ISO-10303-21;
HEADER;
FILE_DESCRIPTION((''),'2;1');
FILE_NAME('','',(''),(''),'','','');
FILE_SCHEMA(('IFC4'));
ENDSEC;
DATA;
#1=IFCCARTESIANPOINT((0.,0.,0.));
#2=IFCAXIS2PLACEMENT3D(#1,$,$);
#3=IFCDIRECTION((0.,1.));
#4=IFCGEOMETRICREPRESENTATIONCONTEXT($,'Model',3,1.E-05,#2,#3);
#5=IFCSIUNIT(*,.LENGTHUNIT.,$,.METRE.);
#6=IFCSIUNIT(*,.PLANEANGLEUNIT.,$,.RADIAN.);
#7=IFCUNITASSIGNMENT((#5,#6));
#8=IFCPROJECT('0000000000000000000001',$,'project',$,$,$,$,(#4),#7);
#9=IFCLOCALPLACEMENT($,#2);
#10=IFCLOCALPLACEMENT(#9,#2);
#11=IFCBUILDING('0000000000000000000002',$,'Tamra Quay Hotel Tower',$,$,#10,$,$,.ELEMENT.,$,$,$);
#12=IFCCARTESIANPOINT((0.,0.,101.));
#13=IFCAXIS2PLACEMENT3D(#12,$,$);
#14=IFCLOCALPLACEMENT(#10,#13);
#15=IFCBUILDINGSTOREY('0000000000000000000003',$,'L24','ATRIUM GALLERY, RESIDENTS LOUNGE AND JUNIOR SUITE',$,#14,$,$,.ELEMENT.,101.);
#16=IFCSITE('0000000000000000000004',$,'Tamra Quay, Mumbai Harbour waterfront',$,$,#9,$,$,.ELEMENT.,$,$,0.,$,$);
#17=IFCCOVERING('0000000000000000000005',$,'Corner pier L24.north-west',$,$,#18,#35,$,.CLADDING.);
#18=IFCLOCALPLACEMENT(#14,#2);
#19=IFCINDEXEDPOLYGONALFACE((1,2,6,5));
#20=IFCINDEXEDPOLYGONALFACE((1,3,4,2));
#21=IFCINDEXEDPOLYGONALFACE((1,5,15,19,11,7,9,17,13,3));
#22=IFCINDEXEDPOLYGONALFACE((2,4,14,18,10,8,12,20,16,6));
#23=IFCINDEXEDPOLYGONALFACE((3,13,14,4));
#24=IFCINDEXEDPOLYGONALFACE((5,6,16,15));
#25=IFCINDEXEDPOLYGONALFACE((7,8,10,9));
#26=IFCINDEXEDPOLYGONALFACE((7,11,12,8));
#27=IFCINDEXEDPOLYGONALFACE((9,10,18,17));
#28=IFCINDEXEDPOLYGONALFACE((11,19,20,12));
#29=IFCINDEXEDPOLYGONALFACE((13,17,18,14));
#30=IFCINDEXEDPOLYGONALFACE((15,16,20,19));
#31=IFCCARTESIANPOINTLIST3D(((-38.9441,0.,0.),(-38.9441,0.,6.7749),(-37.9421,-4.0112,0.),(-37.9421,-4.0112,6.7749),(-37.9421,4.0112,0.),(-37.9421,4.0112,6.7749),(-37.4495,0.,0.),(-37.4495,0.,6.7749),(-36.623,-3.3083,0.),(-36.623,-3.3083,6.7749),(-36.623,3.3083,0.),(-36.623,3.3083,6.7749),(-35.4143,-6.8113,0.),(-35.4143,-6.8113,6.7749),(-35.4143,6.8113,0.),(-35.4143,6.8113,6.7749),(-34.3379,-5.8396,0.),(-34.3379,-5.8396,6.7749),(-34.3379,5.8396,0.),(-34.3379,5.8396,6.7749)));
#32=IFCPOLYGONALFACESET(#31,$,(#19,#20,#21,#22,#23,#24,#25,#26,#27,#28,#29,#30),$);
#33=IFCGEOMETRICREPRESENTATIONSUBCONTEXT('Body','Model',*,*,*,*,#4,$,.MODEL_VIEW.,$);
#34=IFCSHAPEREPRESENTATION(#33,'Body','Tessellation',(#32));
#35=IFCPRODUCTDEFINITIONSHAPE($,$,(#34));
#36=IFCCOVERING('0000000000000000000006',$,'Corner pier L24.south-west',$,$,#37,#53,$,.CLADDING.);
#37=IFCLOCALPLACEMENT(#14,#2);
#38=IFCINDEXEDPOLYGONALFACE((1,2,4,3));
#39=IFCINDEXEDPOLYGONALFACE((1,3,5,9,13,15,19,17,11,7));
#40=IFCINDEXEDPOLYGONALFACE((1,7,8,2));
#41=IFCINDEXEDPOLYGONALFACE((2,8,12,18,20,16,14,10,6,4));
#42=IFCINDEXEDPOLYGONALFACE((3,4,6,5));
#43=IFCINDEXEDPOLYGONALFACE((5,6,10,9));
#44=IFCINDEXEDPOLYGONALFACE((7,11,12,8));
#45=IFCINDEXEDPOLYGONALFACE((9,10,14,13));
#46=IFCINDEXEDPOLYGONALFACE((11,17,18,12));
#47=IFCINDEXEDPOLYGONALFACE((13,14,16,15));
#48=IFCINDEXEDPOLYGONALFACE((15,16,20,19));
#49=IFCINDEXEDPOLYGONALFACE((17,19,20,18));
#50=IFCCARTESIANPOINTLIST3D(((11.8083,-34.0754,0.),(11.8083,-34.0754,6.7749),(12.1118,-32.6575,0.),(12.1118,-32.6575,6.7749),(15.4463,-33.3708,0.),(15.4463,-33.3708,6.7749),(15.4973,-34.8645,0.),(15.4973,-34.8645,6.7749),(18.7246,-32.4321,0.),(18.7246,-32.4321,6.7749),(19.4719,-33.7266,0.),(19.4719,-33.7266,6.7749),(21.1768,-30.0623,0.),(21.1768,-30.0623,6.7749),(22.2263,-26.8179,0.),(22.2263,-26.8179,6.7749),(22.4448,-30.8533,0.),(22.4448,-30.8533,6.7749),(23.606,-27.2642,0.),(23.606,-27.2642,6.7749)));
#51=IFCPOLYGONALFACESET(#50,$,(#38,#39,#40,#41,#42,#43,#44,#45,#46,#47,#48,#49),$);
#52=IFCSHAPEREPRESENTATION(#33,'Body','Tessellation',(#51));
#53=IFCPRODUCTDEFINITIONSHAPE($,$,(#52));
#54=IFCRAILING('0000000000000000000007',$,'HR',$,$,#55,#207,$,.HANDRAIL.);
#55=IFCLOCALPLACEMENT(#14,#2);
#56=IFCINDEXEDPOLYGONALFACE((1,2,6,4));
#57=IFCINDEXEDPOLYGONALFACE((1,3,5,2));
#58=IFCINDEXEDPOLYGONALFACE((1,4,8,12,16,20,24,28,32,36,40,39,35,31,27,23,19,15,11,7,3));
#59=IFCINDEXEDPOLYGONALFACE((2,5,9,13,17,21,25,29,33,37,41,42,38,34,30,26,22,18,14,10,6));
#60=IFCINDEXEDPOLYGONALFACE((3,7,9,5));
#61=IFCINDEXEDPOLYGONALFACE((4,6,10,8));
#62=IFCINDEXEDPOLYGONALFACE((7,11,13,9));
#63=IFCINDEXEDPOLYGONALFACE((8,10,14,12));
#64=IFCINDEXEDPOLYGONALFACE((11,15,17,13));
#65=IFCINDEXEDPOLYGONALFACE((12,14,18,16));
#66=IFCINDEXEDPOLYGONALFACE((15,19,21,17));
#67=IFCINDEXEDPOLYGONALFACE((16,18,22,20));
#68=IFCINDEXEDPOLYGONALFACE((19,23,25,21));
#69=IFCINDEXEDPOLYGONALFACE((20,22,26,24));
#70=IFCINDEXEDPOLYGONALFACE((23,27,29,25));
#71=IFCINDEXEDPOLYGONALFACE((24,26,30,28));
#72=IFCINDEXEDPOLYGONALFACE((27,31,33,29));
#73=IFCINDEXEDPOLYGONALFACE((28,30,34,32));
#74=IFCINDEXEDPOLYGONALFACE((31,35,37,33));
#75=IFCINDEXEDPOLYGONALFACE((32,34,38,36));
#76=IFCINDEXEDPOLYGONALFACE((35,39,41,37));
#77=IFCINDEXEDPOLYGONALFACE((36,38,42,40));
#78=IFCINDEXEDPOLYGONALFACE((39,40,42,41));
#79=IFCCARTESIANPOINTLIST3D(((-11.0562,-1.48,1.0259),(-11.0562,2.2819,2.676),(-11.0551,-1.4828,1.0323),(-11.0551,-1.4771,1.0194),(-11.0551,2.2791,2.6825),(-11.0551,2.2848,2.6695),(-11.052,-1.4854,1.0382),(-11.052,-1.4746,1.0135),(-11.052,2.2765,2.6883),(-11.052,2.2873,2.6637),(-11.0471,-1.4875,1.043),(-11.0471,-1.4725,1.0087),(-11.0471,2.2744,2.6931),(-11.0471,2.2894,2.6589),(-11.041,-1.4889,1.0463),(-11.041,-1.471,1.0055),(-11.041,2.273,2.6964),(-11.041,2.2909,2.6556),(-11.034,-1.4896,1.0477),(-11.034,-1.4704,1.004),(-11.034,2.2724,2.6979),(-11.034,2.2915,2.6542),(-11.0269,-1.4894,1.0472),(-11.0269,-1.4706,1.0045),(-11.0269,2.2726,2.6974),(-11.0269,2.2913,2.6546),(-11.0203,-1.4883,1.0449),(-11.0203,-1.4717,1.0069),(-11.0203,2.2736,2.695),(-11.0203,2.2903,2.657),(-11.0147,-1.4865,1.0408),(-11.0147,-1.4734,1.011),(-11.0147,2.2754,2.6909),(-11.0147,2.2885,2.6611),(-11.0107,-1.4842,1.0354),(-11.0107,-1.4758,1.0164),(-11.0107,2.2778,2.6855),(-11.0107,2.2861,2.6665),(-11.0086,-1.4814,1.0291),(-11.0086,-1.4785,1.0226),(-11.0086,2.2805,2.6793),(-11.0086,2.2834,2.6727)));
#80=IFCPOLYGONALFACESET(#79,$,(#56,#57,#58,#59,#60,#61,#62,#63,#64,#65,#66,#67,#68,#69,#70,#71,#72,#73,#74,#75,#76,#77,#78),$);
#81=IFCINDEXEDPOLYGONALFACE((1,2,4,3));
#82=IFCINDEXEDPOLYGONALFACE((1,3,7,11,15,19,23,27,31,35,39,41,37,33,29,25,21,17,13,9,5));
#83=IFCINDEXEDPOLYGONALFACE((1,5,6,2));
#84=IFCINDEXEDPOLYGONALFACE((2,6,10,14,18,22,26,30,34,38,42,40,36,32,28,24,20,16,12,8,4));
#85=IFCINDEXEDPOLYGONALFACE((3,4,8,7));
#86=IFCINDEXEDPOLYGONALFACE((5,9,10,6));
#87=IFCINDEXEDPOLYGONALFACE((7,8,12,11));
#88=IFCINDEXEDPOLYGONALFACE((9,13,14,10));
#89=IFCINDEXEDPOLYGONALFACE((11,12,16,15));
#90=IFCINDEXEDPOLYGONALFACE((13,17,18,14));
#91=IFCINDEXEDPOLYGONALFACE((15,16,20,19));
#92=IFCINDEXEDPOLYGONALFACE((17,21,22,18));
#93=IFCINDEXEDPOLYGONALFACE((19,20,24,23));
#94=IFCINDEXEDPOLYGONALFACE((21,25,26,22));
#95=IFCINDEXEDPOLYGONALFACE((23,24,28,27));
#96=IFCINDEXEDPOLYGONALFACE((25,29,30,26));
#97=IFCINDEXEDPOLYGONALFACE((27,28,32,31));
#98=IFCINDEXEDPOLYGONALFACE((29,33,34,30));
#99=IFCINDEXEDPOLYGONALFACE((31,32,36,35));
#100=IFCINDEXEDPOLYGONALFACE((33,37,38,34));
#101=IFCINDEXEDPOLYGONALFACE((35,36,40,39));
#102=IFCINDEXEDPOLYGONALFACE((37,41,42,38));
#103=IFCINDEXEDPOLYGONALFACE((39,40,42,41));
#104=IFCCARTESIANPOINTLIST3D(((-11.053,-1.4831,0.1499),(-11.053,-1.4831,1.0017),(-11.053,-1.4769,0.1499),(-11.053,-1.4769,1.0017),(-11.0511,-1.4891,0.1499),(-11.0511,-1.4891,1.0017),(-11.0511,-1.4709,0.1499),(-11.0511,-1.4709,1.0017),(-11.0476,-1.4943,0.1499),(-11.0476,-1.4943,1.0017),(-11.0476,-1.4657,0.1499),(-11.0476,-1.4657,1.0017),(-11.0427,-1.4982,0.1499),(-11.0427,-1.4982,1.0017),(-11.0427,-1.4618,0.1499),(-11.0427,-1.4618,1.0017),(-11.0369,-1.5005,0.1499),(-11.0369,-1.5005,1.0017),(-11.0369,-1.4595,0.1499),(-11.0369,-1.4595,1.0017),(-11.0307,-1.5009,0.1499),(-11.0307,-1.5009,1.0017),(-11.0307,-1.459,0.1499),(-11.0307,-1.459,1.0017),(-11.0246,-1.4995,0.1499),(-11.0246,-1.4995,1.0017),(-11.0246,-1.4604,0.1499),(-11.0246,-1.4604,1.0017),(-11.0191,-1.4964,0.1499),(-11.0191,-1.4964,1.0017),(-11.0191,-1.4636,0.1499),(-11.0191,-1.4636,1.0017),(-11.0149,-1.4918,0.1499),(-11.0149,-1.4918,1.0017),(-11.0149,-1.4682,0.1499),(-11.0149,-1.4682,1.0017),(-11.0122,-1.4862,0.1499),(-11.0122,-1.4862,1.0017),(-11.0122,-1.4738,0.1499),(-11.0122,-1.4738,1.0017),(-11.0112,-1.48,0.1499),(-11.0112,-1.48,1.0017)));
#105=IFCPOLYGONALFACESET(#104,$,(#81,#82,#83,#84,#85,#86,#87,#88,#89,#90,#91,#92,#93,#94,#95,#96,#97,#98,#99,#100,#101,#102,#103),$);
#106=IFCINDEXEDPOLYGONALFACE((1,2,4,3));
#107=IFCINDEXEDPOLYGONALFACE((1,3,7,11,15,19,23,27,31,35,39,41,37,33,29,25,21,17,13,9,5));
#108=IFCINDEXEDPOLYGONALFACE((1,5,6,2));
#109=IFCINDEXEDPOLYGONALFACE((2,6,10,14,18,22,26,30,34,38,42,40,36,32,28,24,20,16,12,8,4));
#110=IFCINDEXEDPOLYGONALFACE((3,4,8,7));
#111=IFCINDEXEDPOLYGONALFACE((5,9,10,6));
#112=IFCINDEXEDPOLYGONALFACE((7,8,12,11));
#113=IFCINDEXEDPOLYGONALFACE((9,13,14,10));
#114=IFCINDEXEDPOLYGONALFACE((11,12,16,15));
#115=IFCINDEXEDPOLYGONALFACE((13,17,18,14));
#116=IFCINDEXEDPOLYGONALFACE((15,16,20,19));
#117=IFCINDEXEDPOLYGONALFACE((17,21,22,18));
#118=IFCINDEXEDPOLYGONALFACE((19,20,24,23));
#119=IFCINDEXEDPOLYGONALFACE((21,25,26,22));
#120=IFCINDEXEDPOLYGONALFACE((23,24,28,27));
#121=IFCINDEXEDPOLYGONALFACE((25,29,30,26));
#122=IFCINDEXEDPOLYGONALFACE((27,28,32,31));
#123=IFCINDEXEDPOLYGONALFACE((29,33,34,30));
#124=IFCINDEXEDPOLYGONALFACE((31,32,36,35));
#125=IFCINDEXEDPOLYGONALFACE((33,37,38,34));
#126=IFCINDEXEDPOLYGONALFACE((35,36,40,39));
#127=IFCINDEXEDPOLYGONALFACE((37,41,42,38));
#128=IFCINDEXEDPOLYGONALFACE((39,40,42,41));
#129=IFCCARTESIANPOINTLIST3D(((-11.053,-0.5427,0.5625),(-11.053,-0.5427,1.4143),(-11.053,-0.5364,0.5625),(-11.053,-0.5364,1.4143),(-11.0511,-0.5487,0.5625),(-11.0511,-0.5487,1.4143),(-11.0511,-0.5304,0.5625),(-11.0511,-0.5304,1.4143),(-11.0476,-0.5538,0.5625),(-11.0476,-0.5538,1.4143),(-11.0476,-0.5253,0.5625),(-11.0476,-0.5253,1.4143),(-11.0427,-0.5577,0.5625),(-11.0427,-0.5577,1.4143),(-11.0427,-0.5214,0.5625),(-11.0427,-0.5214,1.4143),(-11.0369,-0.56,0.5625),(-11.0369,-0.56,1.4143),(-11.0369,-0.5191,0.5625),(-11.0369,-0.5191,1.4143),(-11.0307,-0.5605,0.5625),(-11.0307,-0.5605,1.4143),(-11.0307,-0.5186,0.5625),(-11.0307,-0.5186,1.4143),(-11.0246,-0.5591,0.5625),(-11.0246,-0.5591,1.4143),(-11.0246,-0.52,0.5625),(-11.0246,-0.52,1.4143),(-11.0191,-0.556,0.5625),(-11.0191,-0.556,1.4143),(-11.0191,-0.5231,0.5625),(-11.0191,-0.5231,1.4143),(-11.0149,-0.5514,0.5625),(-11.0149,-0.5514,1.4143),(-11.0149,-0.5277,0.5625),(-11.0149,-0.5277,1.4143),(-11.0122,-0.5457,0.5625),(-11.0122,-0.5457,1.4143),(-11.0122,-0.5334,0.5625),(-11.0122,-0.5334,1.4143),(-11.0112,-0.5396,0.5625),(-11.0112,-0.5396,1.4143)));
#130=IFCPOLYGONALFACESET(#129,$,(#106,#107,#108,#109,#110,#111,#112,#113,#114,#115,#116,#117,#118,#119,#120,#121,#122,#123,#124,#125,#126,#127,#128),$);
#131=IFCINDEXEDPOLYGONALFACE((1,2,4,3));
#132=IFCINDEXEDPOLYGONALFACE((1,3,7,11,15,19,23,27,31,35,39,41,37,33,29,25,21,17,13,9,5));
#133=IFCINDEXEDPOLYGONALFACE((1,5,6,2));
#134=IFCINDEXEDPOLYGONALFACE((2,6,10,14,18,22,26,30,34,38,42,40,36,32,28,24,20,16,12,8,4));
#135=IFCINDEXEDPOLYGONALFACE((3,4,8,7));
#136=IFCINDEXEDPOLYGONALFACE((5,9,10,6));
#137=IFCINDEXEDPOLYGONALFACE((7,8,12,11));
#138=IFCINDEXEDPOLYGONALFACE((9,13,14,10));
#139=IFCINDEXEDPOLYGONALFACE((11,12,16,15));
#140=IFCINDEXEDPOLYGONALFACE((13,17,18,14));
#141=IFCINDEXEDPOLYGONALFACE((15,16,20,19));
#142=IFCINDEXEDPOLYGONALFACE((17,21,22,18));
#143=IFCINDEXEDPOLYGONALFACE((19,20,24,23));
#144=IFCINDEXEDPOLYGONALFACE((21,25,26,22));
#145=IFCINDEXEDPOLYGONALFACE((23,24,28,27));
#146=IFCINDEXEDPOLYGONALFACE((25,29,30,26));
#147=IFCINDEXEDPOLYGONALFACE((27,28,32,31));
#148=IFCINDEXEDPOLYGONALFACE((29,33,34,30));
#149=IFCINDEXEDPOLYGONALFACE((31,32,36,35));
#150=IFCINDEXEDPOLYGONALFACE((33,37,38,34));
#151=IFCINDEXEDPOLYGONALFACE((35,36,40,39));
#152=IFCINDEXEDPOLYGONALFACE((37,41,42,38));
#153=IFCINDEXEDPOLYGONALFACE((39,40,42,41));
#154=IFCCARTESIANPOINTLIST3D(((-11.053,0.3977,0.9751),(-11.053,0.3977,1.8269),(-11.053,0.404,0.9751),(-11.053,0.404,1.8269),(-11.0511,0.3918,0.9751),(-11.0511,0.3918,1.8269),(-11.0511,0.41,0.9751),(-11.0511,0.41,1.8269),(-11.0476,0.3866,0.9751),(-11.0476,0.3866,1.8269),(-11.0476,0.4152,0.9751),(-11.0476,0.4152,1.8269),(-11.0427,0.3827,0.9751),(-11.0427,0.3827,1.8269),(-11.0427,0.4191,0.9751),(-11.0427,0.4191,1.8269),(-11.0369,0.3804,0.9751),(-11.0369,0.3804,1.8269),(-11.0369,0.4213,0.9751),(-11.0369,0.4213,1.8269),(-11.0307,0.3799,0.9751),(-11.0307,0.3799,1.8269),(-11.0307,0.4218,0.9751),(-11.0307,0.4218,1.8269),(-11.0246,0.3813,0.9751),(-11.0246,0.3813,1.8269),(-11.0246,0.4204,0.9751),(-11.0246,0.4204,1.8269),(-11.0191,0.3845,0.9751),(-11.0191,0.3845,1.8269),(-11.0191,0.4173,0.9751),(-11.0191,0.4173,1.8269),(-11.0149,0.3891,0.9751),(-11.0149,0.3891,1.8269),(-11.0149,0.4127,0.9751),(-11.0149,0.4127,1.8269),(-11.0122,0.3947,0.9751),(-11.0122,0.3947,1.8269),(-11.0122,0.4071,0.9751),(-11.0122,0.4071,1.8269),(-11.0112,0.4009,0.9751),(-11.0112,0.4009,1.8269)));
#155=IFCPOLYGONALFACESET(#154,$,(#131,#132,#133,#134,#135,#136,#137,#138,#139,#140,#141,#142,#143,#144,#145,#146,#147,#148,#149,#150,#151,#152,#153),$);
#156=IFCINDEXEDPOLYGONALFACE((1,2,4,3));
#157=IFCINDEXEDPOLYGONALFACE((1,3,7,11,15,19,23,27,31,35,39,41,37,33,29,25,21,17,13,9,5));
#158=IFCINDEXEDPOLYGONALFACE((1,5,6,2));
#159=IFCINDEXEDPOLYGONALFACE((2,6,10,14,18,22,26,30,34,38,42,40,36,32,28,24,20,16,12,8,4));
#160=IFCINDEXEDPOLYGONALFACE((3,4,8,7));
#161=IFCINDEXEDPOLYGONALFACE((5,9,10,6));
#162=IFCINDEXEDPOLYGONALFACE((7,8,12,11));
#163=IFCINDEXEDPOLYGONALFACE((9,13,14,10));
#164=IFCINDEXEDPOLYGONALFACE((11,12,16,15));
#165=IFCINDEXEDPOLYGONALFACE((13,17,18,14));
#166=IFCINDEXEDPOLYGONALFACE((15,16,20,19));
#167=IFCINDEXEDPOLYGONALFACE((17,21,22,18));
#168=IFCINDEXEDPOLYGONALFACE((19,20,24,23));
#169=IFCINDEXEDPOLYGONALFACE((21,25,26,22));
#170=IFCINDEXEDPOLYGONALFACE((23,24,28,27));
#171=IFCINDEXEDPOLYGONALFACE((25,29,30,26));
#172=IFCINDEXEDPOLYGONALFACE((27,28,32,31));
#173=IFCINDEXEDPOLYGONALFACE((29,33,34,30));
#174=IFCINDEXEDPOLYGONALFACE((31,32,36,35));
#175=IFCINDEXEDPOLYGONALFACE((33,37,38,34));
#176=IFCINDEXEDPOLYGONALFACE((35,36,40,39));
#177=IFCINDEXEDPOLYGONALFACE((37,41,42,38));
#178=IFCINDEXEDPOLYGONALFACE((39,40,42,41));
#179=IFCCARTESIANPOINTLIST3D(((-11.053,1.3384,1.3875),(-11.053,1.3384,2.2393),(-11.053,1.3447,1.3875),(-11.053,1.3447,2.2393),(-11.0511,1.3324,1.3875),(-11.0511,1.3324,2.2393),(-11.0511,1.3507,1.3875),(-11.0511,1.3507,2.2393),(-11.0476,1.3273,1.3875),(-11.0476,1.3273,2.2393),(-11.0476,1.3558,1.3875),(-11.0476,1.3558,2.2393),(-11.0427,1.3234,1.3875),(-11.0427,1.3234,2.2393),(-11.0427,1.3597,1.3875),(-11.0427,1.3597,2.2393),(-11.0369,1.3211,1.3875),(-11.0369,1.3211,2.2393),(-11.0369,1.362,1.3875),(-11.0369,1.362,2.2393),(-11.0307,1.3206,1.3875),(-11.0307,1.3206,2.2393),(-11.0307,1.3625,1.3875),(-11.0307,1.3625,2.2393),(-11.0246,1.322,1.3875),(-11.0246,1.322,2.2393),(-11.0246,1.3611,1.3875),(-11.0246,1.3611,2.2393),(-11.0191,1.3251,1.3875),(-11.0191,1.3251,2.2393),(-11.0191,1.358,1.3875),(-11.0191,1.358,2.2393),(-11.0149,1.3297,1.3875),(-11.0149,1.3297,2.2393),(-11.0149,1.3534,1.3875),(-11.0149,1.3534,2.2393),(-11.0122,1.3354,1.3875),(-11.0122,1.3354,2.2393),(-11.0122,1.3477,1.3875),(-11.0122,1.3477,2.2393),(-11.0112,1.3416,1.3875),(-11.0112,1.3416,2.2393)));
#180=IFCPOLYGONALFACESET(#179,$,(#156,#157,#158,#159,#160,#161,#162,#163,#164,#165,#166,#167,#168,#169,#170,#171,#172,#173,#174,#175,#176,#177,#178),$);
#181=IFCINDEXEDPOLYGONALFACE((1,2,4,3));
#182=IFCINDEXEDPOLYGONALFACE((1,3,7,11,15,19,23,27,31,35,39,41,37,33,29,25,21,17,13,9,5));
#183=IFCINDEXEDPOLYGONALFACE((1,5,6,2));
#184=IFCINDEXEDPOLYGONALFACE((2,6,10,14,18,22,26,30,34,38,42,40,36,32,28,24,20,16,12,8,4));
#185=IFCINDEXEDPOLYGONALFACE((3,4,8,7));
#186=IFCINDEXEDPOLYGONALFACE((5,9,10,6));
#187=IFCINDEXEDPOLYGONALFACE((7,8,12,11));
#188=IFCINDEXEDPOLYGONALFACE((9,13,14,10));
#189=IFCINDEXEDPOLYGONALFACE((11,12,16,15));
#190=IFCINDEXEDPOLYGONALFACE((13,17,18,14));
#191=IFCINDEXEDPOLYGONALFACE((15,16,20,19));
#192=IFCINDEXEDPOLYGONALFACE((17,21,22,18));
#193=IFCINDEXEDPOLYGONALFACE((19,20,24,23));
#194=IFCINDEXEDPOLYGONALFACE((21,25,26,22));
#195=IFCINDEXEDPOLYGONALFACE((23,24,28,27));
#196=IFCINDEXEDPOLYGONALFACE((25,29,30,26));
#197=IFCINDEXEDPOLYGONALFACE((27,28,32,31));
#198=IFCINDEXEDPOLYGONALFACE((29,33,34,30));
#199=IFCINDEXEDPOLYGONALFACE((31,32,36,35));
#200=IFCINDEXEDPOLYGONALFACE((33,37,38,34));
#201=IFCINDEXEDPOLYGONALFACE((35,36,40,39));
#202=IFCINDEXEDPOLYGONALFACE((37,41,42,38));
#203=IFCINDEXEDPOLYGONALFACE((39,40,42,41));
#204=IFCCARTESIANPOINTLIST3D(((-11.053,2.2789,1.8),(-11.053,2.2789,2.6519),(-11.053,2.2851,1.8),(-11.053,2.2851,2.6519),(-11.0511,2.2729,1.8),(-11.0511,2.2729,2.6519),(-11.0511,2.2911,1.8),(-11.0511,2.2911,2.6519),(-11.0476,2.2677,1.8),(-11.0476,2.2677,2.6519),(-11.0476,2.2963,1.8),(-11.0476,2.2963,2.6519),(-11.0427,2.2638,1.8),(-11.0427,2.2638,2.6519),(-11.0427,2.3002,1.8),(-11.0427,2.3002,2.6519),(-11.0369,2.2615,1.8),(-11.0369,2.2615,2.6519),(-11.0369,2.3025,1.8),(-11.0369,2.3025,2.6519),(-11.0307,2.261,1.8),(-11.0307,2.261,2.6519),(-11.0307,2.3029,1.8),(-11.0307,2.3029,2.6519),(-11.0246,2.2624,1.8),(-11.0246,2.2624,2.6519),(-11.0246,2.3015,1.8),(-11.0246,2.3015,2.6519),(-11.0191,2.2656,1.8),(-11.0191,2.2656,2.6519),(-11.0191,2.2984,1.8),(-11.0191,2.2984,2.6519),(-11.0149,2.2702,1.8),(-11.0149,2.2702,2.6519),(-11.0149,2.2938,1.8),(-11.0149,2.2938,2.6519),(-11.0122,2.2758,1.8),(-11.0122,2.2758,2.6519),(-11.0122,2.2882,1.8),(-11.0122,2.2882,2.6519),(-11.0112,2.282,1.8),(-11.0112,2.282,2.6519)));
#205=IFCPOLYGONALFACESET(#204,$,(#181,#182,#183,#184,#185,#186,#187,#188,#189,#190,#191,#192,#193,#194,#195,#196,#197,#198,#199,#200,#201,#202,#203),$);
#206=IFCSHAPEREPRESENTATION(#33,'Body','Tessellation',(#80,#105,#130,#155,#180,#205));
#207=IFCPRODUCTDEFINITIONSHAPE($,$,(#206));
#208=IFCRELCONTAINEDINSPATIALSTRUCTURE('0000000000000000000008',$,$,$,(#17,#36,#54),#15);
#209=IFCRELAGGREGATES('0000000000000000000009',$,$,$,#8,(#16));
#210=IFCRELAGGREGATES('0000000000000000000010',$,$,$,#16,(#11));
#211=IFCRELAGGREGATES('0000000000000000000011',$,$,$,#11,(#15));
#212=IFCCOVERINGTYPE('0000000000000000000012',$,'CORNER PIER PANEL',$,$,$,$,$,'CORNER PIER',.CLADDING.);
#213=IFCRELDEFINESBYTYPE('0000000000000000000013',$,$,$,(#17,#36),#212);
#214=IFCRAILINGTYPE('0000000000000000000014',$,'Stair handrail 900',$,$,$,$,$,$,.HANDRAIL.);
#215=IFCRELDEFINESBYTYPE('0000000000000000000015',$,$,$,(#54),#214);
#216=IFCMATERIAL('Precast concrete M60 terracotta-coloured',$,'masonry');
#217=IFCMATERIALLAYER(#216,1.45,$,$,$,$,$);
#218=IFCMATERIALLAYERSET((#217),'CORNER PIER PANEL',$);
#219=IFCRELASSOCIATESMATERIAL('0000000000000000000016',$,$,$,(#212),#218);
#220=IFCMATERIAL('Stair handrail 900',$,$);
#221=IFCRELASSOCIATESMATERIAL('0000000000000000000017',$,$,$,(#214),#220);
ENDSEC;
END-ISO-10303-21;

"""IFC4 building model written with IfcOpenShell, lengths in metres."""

from ifc_helpers import new_model, si_unit, direction, frame, origin, origin_2d, place, context, subcontext, project, spatial, polyline, circle, outline, extrude, material, layer, layer_set, type_object, element, save


model = new_model("IFC4")

# Units and contexts
model_context = context("Model", 3, precision=1e-05, world=origin(), true_north=direction((0.0, 1.0)))
body_context = subcontext(model_context, "Body", "Model", "MODEL_VIEW")
ifc_project = project(units=[si_unit("LENGTHUNIT", "METRE"), si_unit("PLANEANGLEUNIT", "RADIAN")], contexts=[model_context])

# Site, building, storey
site_placement = place(None, origin())
site = spatial("IfcSite", under=ifc_project, at=site_placement, Name="Tamra Quay, Mumbai Harbour waterfront", CompositionType="ELEMENT", RefElevation=0.0)
building_placement = place(site_placement, origin())
building = spatial("IfcBuilding", under=site, at=building_placement, Name="Tamra Quay Hotel Tower", CompositionType="ELEMENT")
storey_placement = place(building_placement, frame((0.0, 0.0, 101.0)))
storey = spatial("IfcBuildingStorey", under=building, at=storey_placement, Name="L24", Description="ATRIUM GALLERY, RESIDENTS LOUNGE AND JUNIOR SUITE", CompositionType="ELEMENT", Elevation=101.0)

# Coverings
ifc_material_1 = material(Name="Precast concrete M60 terracotta-coloured", Category="masonry")
ifc_layer_1 = layer(ifc_material_1, 1.45)
ifc_layer_set_1 = layer_set([ifc_layer_1], Name="CORNER PIER PANEL")
covering_type = type_object("IfcCoveringType", Name="CORNER PIER PANEL", ElementType="CORNER PIER", PredefinedType="CLADDING", material=ifc_layer_set_1)
covering_1_placement = place(storey_placement, origin())
element("IfcCovering", 1, at=covering_1_placement, inside=storey, type_object=covering_type, Name="Corner pier L24.north-west", PredefinedType="CLADDING", context=body_context, shape_type="SweptSolid", body=[
    extrude(outline(polyline([(-34.3379, 5.8396), (-35.4143, 6.8113), (-37.9421, 4.0112), (-38.9441, 0.0), (-37.9421, -4.0112), (-35.4143, -6.8113), (-34.3379, -5.8396), (-36.623, -3.3083), (-37.4495, 0.0), (-36.623, 3.3083), (-34.3379, 5.8396)])), origin(), (0.0, 0.0, 1.0), 6.7749),
])
covering_2_placement = place(storey_placement, origin())
element("IfcCovering", 2, at=covering_2_placement, inside=storey, type_object=covering_type, Name="Corner pier L24.south-west", PredefinedType="CLADDING", context=body_context, shape_type="SweptSolid", body=[
    extrude(outline(polyline([(12.1118, -32.6575), (11.8083, -34.0754), (15.4973, -34.8645), (19.4719, -33.7266), (22.4448, -30.8533), (23.606, -27.2642), (22.2263, -26.8179), (21.1768, -30.0623), (18.7246, -32.4321), (15.4463, -33.3708), (12.1118, -32.6575)])), origin(), (0.0, 0.0, 1.0), 6.7749),
])

# Railing
ifc_material_2 = material(Name="Stair handrail 900")
railing_type = type_object("IfcRailingType", Name="Stair handrail 900", PredefinedType="HANDRAIL", material=ifc_material_2)
railing_placement = place(storey_placement, frame((-11.0322, -1.48, 0.1499)))
element("IfcRailing", 3, at=railing_placement, inside=storey, type_object=railing_type, Name="HR", PredefinedType="HANDRAIL", context=body_context, shape_type="SweptSolid", body=[
    extrude(circle(Radius=0.0239, at=origin_2d()), frame((0.0, 0.0, 0.876), z_axis=(0.0, 0.915774, 0.401695), x_axis=(-1.0, 0.0, 0.0)), (0.0, 0.0, 1.0), 4.1079),
    extrude(circle(Radius=0.021, at=origin_2d()), origin(), (0.0, 0.0, 1.0), 0.8518),
    extrude(circle(Radius=0.021, at=origin_2d()), frame((0.0, 0.9404, 0.4126)), (0.0, 0.0, 1.0), 0.8518),
    extrude(circle(Radius=0.021, at=origin_2d()), frame((0.0, 1.8809, 0.8252)), (0.0, 0.0, 1.0), 0.8518),
    extrude(circle(Radius=0.021, at=origin_2d()), frame((0.0, 2.8215, 1.2375)), (0.0, 0.0, 1.0), 0.8518),
    extrude(circle(Radius=0.021, at=origin_2d()), frame((0.0, 3.762, 1.6501)), (0.0, 0.0, 1.0), 0.8518),
])

save(model, "model.ifc")
